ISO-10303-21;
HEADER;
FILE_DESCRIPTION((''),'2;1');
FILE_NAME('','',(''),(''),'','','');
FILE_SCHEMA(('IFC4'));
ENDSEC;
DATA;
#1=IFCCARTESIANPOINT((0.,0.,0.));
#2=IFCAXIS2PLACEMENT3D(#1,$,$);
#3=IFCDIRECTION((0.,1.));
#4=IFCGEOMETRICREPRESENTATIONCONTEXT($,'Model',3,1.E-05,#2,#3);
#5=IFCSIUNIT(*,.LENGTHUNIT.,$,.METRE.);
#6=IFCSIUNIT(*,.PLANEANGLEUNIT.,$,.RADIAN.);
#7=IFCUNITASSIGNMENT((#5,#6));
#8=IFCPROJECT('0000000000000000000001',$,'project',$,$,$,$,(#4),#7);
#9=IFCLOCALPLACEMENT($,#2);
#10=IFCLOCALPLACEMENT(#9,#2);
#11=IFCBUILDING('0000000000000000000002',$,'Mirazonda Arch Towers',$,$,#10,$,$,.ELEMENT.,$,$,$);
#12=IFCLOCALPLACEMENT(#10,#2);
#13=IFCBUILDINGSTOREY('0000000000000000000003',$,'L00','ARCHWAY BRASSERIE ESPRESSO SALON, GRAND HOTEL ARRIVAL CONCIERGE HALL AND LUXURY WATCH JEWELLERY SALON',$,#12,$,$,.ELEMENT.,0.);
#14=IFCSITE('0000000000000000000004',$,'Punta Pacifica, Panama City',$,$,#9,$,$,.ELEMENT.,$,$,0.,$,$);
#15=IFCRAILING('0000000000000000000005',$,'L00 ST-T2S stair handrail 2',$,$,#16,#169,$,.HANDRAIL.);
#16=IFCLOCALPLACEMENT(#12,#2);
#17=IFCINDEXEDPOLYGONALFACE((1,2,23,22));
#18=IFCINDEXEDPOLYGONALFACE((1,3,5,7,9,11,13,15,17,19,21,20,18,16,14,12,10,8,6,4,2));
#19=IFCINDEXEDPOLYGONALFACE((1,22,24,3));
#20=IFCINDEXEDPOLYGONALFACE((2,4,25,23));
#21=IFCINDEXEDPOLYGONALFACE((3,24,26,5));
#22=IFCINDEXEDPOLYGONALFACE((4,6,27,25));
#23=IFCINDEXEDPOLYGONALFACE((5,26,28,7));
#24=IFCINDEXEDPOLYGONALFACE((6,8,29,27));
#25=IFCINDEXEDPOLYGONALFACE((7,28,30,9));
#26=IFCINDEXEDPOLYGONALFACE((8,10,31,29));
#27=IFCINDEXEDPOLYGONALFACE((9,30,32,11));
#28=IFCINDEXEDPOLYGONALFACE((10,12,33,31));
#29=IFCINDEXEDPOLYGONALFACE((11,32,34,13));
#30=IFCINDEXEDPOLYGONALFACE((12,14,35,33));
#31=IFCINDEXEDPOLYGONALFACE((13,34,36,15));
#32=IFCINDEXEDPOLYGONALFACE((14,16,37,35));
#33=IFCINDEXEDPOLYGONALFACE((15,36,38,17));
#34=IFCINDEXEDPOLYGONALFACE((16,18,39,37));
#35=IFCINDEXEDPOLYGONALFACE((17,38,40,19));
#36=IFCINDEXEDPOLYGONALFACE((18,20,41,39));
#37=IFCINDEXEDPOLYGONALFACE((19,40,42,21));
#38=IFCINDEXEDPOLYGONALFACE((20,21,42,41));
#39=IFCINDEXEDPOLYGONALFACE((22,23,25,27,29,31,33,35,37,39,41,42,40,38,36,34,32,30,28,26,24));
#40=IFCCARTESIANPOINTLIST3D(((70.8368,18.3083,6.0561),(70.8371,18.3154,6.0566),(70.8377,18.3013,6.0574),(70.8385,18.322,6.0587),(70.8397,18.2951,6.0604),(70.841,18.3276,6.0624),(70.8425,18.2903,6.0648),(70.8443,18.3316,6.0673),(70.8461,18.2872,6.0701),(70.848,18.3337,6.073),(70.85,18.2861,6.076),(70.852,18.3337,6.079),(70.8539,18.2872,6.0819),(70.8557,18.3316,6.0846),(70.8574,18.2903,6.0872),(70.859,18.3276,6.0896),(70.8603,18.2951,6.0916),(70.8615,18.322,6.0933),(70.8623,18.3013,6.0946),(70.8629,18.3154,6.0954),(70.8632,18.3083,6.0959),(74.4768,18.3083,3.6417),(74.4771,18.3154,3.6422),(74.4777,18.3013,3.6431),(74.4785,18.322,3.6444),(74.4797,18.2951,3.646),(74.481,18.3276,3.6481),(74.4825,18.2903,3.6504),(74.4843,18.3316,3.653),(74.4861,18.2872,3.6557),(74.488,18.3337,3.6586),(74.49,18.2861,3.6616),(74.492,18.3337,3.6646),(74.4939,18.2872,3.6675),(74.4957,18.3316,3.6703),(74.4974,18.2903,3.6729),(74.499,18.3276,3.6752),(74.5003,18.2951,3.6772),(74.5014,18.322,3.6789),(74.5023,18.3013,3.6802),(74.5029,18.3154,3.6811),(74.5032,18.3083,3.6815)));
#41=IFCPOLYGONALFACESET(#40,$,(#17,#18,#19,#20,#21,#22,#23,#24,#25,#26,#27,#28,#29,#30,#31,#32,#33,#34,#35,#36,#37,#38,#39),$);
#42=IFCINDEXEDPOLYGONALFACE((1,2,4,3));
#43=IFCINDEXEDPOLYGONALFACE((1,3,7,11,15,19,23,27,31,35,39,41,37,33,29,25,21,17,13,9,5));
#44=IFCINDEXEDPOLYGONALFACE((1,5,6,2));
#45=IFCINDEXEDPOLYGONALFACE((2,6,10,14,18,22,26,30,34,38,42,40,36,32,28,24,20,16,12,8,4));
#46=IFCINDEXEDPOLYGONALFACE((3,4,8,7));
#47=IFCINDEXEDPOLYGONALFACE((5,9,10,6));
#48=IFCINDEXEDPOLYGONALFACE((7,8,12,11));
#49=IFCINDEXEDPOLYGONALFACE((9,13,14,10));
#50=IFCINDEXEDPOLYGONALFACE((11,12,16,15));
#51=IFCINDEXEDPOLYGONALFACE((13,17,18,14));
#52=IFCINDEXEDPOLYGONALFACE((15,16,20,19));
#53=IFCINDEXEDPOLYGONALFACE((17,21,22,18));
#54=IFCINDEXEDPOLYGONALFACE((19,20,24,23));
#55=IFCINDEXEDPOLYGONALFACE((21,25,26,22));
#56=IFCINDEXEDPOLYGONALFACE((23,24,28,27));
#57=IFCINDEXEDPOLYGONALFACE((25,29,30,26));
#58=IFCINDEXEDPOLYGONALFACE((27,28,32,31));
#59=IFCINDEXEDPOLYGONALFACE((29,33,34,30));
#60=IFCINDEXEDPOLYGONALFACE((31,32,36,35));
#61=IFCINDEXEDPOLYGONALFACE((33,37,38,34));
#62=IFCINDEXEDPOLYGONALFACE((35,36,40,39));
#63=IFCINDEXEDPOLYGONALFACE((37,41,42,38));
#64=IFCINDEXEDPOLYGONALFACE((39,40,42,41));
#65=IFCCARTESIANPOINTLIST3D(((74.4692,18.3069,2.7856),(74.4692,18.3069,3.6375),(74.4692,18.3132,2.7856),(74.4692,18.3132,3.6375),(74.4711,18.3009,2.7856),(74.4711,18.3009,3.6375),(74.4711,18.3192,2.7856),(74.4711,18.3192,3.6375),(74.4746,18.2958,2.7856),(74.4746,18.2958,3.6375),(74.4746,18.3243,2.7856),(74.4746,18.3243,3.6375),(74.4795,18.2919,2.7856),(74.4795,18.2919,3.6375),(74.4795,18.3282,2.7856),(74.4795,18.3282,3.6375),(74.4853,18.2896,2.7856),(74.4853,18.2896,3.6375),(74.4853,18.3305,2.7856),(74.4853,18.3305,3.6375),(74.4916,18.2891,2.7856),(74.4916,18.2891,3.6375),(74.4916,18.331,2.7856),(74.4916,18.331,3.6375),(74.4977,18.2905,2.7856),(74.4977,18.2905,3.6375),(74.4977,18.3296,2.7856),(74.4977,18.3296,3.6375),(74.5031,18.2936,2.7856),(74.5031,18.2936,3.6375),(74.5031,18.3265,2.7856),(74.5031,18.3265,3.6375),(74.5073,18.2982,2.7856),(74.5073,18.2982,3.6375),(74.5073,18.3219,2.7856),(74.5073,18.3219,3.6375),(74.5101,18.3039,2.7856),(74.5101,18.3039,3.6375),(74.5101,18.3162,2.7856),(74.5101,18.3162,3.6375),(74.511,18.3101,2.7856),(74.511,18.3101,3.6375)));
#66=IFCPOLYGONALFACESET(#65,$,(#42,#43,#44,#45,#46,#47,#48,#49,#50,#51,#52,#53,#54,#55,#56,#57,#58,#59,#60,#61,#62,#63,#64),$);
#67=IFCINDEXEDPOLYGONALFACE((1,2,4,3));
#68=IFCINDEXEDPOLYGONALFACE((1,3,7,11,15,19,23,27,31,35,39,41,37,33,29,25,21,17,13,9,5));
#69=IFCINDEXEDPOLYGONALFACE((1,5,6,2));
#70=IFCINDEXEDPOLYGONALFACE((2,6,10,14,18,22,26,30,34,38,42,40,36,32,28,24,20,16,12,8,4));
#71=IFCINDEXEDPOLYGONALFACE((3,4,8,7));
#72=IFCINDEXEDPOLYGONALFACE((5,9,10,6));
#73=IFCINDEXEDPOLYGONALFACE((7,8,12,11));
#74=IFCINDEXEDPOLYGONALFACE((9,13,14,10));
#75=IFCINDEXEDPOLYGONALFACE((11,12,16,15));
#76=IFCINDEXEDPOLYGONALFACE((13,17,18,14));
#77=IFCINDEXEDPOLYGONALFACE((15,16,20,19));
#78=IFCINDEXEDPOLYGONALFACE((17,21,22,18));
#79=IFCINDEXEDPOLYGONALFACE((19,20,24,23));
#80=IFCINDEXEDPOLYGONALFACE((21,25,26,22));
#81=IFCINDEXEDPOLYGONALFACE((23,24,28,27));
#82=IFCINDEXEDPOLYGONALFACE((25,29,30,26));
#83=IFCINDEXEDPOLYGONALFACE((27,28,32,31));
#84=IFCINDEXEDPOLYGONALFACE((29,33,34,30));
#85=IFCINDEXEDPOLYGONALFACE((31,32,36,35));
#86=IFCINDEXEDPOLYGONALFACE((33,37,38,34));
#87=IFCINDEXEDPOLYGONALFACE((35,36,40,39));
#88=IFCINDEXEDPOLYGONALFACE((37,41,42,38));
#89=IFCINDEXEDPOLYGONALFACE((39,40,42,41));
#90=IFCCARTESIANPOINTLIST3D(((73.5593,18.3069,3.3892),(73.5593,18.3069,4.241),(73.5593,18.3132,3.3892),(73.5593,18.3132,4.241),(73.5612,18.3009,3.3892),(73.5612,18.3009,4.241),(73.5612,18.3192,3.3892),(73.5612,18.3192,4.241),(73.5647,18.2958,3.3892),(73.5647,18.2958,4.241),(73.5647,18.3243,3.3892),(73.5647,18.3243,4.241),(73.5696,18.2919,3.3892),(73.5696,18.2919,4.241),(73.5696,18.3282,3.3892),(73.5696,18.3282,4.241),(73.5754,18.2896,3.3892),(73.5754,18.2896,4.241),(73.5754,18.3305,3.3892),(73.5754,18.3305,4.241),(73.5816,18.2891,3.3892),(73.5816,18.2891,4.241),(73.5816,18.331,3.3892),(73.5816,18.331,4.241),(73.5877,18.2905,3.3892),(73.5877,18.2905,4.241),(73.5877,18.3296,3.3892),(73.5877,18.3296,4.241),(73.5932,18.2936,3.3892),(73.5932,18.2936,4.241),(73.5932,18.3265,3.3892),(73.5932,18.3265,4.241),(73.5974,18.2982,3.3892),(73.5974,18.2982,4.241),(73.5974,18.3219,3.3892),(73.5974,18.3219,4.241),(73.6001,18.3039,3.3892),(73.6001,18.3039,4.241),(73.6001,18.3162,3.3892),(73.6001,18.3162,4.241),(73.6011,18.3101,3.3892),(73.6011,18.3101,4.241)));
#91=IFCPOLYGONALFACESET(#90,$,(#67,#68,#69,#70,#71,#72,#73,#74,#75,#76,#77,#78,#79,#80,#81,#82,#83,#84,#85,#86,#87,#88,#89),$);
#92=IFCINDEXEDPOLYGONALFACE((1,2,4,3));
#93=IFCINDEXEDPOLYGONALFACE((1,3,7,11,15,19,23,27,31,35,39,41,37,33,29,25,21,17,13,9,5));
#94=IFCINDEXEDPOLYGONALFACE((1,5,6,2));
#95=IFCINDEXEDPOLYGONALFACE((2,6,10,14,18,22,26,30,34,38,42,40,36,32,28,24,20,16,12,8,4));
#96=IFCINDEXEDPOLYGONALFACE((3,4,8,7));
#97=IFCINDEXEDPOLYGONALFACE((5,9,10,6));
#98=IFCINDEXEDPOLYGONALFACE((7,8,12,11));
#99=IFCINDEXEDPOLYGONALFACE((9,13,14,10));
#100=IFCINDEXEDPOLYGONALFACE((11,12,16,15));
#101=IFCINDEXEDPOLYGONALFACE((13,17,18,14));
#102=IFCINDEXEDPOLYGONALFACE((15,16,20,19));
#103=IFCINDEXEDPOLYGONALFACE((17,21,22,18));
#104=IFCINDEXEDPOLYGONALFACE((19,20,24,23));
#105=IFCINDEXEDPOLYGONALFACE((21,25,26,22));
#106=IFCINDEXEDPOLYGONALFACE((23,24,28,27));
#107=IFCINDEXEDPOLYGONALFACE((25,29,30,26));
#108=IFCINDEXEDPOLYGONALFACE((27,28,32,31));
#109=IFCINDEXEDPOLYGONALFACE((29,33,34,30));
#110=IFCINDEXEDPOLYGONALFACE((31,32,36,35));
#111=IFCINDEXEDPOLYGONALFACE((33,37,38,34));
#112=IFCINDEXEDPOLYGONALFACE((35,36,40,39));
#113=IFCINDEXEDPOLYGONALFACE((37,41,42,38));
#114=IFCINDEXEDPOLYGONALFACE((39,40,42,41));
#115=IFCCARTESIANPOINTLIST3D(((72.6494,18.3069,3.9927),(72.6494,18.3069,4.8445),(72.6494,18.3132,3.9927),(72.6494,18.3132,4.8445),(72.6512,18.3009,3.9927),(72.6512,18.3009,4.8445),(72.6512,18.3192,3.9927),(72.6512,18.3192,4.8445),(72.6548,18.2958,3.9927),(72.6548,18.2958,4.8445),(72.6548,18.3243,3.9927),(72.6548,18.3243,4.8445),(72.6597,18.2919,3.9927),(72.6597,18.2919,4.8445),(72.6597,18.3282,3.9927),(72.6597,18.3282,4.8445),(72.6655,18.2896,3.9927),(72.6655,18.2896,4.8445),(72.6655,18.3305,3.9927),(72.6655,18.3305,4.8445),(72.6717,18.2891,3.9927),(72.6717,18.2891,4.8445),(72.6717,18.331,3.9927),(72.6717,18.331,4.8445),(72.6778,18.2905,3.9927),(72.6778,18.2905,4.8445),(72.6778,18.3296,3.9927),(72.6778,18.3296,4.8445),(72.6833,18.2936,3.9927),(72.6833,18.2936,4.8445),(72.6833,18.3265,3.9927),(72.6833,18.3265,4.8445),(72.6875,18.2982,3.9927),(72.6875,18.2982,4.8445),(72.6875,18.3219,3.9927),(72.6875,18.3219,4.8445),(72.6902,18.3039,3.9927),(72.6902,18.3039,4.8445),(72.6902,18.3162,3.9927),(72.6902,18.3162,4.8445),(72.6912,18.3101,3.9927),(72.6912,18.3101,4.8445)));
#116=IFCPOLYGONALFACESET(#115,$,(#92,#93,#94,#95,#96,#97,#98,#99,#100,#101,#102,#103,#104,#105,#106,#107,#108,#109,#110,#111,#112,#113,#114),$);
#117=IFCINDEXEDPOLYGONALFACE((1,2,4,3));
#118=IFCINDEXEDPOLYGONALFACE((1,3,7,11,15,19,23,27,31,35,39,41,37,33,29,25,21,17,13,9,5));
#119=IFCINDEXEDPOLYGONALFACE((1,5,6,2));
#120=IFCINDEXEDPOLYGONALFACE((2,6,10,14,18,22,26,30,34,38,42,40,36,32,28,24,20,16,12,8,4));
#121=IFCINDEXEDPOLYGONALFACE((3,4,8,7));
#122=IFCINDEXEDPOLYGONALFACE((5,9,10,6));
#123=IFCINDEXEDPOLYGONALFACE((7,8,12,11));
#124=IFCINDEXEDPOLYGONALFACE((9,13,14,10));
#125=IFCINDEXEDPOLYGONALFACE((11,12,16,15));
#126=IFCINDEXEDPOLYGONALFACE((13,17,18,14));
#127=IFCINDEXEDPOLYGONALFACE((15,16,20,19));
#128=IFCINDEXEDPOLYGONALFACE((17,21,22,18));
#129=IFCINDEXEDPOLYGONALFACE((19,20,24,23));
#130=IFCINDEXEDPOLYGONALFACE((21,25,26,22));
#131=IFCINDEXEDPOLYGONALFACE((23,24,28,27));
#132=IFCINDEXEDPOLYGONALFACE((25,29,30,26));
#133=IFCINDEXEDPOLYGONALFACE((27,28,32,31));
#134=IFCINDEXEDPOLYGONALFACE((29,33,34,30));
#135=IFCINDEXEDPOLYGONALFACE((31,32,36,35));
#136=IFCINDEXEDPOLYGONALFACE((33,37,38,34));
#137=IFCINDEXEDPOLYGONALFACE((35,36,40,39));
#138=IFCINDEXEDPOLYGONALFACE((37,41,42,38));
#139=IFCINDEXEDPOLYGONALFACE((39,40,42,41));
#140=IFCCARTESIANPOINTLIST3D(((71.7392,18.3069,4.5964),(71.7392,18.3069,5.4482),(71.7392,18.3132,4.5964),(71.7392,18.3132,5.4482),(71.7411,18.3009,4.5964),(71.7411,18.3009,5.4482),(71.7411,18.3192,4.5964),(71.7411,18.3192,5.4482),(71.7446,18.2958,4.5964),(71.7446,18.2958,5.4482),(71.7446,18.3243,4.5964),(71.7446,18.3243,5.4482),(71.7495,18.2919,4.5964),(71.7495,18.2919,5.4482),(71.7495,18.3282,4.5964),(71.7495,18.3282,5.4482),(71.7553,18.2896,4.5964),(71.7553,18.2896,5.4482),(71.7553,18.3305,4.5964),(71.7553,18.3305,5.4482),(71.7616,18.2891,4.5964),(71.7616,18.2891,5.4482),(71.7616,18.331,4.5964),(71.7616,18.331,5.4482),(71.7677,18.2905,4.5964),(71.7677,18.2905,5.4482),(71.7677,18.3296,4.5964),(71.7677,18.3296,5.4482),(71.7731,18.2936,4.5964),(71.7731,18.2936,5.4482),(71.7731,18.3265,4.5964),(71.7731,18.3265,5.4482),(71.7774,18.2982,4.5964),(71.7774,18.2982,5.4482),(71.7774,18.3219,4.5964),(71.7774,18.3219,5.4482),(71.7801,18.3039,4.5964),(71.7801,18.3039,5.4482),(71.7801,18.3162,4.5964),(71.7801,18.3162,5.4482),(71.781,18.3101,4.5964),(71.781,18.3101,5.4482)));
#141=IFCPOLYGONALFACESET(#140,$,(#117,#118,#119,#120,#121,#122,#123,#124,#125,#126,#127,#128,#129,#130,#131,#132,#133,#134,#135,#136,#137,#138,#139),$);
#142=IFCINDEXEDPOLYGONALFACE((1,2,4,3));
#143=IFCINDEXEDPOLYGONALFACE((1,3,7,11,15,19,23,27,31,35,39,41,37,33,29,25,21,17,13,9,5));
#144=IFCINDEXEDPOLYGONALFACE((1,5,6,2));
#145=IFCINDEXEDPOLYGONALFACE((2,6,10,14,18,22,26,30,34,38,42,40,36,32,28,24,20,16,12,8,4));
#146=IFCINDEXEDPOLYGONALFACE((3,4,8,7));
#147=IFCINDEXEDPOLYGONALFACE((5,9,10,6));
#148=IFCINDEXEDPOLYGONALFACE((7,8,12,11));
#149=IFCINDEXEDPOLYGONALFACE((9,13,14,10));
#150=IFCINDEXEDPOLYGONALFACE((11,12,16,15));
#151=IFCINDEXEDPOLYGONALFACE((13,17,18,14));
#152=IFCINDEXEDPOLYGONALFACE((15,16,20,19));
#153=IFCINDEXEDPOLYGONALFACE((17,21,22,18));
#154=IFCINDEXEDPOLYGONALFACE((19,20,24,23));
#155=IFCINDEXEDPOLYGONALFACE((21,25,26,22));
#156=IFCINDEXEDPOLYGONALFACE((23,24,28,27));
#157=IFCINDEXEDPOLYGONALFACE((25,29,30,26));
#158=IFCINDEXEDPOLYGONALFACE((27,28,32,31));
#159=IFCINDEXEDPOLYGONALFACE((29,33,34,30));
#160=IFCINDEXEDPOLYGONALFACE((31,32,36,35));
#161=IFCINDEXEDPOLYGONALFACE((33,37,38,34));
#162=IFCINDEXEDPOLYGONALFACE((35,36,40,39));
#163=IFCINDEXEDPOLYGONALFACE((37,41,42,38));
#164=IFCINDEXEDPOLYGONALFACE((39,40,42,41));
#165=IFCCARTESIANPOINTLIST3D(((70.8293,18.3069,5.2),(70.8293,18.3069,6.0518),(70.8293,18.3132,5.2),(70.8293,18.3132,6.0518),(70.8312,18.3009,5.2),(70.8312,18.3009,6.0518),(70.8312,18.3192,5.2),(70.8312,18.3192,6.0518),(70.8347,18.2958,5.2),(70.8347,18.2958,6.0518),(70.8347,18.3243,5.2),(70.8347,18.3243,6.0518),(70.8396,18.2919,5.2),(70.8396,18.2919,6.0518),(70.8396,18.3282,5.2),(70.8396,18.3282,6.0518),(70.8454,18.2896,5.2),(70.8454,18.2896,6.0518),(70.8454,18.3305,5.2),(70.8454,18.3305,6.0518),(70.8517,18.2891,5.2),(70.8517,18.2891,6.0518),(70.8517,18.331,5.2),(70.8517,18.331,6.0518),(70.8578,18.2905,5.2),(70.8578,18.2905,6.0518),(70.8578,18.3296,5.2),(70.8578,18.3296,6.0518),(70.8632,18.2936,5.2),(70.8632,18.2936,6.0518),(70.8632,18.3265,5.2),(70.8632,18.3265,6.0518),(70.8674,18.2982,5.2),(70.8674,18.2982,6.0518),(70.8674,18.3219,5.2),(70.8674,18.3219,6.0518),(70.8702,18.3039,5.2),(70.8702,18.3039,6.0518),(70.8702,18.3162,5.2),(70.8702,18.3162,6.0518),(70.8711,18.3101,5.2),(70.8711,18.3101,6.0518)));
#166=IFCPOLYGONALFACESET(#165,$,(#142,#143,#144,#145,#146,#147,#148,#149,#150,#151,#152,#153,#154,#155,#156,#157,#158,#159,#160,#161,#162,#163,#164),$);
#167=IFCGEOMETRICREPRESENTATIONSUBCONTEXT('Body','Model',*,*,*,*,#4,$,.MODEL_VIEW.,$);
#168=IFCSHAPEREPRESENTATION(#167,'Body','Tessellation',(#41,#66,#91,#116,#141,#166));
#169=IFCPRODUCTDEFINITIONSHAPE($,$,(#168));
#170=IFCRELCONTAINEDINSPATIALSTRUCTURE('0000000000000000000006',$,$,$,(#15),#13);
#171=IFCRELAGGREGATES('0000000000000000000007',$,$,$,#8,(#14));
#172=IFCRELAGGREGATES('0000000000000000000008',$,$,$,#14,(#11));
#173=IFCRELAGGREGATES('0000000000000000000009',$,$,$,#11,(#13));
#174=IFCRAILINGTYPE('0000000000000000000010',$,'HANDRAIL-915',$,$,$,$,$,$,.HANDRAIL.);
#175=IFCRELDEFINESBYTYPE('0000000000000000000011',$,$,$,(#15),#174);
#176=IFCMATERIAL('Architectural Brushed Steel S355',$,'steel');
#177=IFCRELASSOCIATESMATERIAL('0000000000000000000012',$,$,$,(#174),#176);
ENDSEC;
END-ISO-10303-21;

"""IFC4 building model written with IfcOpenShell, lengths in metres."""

from ifc_helpers import new_model, si_unit, direction, frame, origin, origin_2d, place, context, subcontext, project, spatial, circle, extrude, material, type_object, element, save


model = new_model("IFC4")

# Units and contexts
model_context = context("Model", 3, precision=1e-05, world=origin(), true_north=direction((0.0, 1.0)))
body_context = subcontext(model_context, "Body", "Model", "MODEL_VIEW")
ifc_project = project(units=[si_unit("LENGTHUNIT", "METRE"), si_unit("PLANEANGLEUNIT", "RADIAN")], contexts=[model_context])

# Site, building, storey
site_placement = place(None, origin())
site = spatial("IfcSite", under=ifc_project, at=site_placement, Name="Punta Pacifica, Panama City", CompositionType="ELEMENT", RefElevation=0.0)
building_placement = place(site_placement, origin())
building = spatial("IfcBuilding", under=site, at=building_placement, Name="Mirazonda Arch Towers", CompositionType="ELEMENT")
storey_placement = place(building_placement, origin())
storey = spatial("IfcBuildingStorey", under=building, at=storey_placement, Name="L00", Description="ARCHWAY BRASSERIE ESPRESSO SALON, GRAND HOTEL ARRIVAL CONCIERGE HALL AND LUXURY WATCH JEWELLERY SALON", CompositionType="ELEMENT", Elevation=0.0)

# Shared definitions
ifc_material_1 = material(Name="Architectural Brushed Steel S355", Category="steel")

# Railing
railing_type_1 = type_object("IfcRailingType", Name="HANDRAIL-915", PredefinedType="HANDRAIL", material=ifc_material_1)
railing_1_placement = place(storey_placement, frame((74.49, 18.3101, 2.7856)))
element("IfcRailing", 1, at=railing_1_placement, inside=storey, type_object=railing_type_1, Name="L00 ST-T2S stair handrail 2", PredefinedType="HANDRAIL", context=body_context, shape_type="SweptSolid", body=[
    extrude(circle(Radius=0.0239, at=origin_2d()), frame((0.0, 0.0, 0.876), z_axis=(-0.833347, 0.0, 0.552751), x_axis=(0.0, -1.0, 0.0)), (0.0, 0.0, 1.0), 4.3679),
    extrude(circle(Radius=0.021, at=origin_2d()), origin(), (0.0, 0.0, 1.0), 0.8518),
    extrude(circle(Radius=0.021, at=origin_2d()), frame((-0.9099, 0.0, 0.6035)), (0.0, 0.0, 1.0), 0.8518),
    extrude(circle(Radius=0.021, at=origin_2d()), frame((-1.8198, 0.0, 1.207)), (0.0, 0.0, 1.0), 0.8518),
    extrude(circle(Radius=0.021, at=origin_2d()), frame((-2.73, 0.0, 1.8108)), (0.0, 0.0, 1.0), 0.8518),
    extrude(circle(Radius=0.021, at=origin_2d()), frame((-3.6399, 0.0, 2.4143)), (0.0, 0.0, 1.0), 0.8518),
])

save(model, "model.ifc")
